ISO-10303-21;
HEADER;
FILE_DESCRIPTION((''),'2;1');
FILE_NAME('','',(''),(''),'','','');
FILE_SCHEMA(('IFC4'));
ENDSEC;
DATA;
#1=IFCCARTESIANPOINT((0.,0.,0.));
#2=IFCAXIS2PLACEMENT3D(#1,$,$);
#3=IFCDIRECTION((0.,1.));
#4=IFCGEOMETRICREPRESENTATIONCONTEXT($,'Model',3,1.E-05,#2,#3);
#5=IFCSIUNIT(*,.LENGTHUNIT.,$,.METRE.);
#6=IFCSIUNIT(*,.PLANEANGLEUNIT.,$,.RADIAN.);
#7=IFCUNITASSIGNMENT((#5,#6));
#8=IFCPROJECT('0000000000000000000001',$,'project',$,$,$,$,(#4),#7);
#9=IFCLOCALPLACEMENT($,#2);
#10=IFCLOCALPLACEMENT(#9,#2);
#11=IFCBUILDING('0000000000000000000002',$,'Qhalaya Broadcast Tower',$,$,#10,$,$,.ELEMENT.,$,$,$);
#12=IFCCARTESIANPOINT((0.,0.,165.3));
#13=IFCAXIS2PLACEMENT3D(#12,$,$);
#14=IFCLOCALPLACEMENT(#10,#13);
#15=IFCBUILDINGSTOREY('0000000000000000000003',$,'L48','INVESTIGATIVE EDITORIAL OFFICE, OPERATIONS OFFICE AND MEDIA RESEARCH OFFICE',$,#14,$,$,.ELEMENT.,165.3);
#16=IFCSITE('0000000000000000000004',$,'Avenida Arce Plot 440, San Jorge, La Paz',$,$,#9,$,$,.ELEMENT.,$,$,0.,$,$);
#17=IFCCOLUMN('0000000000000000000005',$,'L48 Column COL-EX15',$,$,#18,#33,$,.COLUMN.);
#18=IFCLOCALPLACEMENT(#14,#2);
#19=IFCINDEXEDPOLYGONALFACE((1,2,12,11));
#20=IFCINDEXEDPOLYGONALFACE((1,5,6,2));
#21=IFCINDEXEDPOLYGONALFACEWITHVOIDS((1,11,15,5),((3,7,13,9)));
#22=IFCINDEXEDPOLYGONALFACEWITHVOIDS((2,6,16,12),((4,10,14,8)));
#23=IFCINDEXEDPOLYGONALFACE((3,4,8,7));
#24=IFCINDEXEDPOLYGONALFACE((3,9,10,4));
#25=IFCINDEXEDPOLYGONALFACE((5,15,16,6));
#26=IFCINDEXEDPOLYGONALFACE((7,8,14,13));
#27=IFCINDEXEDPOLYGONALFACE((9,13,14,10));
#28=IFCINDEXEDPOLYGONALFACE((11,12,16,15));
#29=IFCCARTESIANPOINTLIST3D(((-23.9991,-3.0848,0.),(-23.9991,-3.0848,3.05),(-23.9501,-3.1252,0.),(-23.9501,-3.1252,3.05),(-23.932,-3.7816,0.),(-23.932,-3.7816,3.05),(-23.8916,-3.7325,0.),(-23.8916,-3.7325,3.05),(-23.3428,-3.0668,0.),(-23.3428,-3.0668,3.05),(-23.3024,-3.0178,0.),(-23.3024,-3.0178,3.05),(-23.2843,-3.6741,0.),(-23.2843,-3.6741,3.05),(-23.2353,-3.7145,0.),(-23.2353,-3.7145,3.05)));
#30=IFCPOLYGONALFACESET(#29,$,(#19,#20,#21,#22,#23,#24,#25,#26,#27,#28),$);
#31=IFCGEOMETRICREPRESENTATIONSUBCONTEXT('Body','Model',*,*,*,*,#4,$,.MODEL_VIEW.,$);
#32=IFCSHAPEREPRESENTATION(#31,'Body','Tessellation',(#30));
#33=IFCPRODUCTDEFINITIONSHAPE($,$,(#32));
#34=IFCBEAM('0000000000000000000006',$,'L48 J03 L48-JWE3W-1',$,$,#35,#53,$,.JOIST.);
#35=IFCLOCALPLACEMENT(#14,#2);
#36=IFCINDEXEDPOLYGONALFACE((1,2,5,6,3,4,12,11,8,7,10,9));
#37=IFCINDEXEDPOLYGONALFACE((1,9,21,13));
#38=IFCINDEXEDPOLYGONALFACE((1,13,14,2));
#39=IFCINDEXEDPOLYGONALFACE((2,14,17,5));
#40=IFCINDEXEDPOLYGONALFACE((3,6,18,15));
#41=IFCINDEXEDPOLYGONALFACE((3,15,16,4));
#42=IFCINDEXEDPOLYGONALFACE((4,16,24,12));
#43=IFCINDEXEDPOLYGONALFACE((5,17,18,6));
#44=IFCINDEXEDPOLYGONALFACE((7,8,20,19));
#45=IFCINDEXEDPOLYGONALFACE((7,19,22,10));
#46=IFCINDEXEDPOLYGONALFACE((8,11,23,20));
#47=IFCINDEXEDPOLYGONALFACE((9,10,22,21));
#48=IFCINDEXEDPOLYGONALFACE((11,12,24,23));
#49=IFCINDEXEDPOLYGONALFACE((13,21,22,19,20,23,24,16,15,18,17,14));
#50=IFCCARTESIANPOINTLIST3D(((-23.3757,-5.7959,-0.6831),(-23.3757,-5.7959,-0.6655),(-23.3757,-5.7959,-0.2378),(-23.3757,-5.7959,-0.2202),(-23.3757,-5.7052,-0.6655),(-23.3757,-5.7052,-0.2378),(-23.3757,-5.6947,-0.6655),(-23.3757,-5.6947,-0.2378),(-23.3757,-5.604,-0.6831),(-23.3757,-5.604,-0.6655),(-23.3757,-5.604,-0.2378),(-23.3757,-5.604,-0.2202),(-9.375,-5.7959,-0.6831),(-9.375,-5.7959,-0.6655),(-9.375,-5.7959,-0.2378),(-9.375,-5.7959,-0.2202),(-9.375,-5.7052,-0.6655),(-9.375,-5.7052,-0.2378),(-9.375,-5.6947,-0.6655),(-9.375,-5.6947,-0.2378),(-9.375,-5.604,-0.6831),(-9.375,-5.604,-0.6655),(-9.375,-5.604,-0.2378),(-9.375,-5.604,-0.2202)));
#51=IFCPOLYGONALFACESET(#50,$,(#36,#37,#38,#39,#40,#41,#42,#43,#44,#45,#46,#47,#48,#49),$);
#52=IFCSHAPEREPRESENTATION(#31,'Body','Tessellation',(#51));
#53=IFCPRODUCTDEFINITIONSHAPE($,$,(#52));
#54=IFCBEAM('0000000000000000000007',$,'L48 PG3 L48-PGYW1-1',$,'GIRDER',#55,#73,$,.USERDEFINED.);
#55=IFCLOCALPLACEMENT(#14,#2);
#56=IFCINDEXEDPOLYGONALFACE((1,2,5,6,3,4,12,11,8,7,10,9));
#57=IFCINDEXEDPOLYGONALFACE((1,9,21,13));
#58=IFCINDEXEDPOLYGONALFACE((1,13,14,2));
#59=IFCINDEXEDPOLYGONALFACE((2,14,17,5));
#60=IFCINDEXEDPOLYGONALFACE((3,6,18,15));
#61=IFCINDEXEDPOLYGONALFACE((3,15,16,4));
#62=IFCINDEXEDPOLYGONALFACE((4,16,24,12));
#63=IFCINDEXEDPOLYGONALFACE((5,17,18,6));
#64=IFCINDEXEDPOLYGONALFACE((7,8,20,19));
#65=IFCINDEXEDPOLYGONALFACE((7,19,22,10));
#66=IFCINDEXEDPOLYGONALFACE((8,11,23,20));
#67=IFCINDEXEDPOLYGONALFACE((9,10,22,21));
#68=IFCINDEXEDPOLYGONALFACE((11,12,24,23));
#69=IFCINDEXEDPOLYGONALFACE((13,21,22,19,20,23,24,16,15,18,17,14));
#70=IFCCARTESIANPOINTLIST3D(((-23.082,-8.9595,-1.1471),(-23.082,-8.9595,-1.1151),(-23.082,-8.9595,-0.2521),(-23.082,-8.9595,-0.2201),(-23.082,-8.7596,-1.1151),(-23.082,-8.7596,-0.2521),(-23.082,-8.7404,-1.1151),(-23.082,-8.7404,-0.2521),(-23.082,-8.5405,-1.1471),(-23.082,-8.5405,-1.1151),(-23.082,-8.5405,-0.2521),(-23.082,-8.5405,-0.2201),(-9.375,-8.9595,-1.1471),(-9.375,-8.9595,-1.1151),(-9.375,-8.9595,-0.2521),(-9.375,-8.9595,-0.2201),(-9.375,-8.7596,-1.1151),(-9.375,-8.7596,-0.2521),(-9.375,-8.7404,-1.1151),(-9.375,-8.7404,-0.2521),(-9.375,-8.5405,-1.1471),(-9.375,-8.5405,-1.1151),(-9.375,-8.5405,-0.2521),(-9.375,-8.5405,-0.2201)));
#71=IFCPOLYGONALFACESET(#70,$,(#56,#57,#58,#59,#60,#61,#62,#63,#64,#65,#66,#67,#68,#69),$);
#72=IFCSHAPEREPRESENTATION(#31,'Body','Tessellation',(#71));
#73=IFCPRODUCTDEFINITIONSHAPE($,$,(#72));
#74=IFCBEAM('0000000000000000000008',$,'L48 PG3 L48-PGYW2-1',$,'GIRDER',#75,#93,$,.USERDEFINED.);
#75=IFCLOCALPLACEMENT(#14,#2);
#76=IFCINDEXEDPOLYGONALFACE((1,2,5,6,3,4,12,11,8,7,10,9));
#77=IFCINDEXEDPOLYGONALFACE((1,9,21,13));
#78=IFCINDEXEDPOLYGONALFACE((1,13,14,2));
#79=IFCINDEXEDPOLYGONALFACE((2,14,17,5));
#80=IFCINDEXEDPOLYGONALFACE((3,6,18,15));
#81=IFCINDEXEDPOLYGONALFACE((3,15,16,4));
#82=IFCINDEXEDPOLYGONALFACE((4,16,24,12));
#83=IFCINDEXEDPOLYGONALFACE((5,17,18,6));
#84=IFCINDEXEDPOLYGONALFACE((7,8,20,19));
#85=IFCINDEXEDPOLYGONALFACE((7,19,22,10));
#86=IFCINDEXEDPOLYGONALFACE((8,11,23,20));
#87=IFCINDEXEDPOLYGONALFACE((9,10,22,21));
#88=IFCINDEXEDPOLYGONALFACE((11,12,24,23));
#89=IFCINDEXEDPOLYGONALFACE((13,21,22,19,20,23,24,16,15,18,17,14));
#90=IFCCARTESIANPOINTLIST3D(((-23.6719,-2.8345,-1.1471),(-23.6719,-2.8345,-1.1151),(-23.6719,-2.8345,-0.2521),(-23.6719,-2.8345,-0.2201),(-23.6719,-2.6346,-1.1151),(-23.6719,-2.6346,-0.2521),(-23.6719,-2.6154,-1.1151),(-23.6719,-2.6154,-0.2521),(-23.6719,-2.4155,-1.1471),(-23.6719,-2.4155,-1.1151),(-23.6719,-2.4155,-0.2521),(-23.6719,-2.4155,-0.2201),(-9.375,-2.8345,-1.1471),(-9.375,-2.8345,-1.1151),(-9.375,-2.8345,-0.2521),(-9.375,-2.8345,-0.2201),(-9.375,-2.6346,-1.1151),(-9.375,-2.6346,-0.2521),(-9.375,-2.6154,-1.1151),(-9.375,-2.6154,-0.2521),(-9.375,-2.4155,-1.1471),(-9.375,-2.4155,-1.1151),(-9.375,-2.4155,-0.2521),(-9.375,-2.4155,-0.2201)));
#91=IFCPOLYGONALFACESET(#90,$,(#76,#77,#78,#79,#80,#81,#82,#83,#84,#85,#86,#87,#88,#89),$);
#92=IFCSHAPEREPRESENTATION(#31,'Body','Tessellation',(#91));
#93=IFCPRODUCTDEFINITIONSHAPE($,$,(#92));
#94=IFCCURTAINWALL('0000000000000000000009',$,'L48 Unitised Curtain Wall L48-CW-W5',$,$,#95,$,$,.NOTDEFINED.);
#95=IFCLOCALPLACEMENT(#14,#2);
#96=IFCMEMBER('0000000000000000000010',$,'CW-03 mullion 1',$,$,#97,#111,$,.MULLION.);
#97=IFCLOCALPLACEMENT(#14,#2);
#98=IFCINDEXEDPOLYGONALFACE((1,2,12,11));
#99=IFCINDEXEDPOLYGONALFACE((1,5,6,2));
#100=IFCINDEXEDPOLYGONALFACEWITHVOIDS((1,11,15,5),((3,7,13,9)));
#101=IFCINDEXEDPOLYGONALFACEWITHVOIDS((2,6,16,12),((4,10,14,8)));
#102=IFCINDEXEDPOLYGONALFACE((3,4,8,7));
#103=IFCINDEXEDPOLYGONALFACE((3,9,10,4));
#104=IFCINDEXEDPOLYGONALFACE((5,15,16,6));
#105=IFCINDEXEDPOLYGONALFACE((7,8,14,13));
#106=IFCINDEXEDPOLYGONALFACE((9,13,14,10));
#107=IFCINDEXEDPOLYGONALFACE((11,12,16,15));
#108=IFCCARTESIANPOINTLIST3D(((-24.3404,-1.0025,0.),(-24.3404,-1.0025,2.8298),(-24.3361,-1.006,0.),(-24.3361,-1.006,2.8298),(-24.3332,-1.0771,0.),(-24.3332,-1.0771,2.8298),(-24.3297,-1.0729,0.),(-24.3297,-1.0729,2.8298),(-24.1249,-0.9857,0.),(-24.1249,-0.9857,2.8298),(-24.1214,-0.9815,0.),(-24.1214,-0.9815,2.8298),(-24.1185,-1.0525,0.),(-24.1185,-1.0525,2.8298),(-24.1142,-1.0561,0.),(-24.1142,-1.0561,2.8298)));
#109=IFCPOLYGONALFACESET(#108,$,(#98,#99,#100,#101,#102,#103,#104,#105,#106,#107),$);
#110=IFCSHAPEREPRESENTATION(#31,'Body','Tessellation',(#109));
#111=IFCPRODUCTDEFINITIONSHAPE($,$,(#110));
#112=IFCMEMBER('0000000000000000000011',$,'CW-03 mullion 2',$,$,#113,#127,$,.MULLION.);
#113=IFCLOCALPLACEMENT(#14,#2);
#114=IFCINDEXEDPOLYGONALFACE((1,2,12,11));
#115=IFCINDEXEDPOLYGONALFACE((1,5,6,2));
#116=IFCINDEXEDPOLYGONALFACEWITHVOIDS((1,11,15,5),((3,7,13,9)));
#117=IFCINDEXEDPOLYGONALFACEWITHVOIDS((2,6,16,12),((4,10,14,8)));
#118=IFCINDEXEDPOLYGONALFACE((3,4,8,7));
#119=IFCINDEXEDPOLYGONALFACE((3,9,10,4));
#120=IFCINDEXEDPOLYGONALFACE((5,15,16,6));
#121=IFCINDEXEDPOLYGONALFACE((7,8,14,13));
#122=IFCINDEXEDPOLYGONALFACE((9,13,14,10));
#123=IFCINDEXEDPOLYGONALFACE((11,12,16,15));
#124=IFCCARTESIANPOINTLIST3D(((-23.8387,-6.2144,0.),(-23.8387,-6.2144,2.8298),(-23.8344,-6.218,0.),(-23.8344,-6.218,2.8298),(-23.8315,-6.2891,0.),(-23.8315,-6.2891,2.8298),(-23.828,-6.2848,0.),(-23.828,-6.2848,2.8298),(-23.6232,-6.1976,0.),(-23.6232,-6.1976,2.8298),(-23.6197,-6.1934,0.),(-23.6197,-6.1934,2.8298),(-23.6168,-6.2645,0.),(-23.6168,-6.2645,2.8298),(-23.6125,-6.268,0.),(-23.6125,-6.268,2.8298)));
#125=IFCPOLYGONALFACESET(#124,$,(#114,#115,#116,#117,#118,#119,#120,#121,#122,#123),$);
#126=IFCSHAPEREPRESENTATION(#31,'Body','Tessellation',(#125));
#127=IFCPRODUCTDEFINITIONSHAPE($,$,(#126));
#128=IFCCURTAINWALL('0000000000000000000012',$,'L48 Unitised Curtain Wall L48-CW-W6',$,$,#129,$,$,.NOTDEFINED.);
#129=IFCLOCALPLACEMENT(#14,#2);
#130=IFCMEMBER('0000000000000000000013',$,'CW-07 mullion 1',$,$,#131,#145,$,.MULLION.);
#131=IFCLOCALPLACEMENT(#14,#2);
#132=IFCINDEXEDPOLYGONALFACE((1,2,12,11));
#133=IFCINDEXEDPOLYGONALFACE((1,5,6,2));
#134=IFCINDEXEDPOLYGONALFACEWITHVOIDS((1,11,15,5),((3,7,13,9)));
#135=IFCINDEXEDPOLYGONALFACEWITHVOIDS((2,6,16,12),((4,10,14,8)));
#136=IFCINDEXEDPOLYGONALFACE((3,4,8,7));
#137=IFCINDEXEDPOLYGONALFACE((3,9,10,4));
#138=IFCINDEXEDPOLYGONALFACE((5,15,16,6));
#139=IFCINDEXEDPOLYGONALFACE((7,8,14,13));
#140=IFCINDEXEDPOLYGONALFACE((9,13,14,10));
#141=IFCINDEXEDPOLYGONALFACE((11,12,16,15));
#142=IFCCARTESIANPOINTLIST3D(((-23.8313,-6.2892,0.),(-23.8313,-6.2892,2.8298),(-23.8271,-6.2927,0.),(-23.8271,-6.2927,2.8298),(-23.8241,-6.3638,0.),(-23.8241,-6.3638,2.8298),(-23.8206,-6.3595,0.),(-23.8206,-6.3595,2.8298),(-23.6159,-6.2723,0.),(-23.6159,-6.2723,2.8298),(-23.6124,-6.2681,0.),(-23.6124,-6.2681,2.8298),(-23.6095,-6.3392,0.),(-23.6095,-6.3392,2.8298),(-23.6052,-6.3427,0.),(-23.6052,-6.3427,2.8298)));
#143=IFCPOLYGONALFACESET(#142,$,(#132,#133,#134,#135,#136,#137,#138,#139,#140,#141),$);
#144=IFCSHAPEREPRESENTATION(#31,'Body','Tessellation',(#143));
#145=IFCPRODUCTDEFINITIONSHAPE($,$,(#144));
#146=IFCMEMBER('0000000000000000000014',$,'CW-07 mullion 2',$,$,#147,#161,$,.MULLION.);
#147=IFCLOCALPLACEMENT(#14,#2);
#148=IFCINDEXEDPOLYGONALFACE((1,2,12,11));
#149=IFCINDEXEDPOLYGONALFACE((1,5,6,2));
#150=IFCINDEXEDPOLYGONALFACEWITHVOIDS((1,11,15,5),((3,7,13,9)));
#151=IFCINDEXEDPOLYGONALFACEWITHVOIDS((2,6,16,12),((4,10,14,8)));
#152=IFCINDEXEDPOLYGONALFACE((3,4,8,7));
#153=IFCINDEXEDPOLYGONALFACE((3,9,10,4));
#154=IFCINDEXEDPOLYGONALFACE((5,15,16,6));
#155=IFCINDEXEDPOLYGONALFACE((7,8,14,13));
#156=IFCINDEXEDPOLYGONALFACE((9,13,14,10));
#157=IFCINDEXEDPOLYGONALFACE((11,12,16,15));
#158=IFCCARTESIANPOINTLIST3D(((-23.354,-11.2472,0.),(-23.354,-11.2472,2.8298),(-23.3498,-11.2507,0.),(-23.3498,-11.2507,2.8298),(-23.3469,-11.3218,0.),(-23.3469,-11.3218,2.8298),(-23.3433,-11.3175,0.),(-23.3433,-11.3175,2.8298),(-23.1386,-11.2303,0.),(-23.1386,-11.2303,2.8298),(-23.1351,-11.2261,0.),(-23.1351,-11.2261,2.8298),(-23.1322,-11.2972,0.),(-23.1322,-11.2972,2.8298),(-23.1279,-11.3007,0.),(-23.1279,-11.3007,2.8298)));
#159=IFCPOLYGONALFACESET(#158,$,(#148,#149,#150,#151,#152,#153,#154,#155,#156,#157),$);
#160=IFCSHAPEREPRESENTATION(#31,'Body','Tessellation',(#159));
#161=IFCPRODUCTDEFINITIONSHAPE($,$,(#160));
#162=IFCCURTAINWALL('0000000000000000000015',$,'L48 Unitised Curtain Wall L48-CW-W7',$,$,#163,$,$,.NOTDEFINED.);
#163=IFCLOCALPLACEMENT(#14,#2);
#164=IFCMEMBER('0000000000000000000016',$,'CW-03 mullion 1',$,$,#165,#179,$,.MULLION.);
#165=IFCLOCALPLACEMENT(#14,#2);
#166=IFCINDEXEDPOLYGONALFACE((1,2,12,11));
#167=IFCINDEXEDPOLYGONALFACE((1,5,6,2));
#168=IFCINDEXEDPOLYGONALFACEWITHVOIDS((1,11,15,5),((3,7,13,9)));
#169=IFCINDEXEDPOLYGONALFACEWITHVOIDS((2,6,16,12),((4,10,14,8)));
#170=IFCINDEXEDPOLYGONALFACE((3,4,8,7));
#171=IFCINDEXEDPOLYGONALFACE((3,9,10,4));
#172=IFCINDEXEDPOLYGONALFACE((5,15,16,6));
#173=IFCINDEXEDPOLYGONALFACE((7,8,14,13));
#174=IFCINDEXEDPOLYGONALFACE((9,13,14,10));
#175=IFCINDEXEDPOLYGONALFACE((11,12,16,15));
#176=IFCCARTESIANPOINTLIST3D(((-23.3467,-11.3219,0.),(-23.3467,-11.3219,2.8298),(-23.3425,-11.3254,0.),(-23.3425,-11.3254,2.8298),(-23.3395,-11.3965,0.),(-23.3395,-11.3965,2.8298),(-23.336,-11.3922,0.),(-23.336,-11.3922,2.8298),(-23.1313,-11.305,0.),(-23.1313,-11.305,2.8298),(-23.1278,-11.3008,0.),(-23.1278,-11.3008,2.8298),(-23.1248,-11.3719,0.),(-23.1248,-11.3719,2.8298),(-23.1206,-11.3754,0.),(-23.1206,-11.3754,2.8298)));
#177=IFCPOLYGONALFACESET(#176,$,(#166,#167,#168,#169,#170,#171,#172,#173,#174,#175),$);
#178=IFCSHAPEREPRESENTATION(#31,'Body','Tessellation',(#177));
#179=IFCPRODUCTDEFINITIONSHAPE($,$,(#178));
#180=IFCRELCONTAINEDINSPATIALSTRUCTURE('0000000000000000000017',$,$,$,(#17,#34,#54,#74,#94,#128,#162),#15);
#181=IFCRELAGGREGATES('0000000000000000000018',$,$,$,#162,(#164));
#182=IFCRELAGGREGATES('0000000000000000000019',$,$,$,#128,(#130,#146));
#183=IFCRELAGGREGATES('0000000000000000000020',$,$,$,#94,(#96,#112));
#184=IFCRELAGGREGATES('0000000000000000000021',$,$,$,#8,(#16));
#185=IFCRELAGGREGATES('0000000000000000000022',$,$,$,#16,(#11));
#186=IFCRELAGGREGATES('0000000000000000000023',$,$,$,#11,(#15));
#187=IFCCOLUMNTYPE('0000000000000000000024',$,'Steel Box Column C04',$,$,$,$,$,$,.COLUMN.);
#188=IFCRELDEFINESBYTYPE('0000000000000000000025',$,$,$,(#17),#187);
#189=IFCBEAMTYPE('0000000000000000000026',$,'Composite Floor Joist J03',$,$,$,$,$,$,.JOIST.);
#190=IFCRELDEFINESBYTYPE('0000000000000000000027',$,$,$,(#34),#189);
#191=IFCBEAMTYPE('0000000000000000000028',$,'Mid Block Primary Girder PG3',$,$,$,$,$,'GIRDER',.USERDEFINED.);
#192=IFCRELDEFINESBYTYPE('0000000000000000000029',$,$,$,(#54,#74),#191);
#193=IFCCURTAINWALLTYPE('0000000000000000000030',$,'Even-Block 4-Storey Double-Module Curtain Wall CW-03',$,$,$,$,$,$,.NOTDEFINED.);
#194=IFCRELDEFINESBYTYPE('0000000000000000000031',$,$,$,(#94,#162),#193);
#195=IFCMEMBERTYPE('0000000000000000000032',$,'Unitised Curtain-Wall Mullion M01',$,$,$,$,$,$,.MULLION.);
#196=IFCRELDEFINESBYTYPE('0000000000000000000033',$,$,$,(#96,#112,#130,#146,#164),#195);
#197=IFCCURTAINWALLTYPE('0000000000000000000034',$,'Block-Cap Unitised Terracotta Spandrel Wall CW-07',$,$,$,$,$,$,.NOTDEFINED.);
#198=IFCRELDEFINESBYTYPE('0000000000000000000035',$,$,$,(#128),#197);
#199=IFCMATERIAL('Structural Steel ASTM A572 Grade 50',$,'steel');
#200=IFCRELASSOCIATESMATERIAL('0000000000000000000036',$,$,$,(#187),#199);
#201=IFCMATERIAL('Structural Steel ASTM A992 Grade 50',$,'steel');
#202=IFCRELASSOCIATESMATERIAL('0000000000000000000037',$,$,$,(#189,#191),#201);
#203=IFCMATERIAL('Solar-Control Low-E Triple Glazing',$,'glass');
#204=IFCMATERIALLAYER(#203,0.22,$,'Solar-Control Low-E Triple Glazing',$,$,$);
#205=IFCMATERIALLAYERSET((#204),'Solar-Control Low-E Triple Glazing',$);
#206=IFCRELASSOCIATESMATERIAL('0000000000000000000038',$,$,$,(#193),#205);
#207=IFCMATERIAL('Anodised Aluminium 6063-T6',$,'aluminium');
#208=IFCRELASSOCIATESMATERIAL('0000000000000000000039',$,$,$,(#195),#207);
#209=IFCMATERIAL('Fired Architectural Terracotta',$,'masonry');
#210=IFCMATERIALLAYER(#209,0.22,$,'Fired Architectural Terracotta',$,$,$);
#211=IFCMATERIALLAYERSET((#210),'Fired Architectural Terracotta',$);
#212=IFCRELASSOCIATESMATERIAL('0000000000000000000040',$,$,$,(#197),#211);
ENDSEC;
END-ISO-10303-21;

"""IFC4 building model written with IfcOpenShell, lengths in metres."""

from ifc_helpers import new_model, si_unit, direction, frame, origin, origin_2d, place, context, subcontext, project, spatial, hollow_rectangle, i_section, extrude, material, layer, layer_set, material_profile, profile_set, type_object, element, aggregate, save


model = new_model("IFC4")

# Units and contexts
model_context = context("Model", 3, precision=1e-05, world=origin(), true_north=direction((0.0, 1.0)))
body_context = subcontext(model_context, "Body", "Model", "MODEL_VIEW")
ifc_project = project(units=[si_unit("LENGTHUNIT", "METRE"), si_unit("PLANEANGLEUNIT", "RADIAN")], contexts=[model_context])

# Site, building, storey
site_placement = place(None, origin())
site = spatial("IfcSite", under=ifc_project, at=site_placement, Name="Avenida Arce Plot 440, San Jorge, La Paz", CompositionType="ELEMENT", RefElevation=0.0)
building_placement = place(site_placement, origin())
building = spatial("IfcBuilding", under=site, at=building_placement, Name="Qhalaya Broadcast Tower", CompositionType="ELEMENT")
storey_placement = place(building_placement, frame((0.0, 0.0, 165.3)))
storey = spatial("IfcBuildingStorey", under=building, at=storey_placement, Name="L48", Description="INVESTIGATIVE EDITORIAL OFFICE, OPERATIONS OFFICE AND MEDIA RESEARCH OFFICE", CompositionType="ELEMENT", Elevation=165.3)

# Column
ifc_material_1 = material(Name="Structural Steel ASTM A572 Grade 50", Category="steel")
ifc_material_profile_1 = material_profile(ifc_material_1, hollow_rectangle(XDim=0.7, YDim=0.7, WallThickness=0.0449, at=origin_2d()), Name="BOX 700x700x45")
ifc_profile_set_1 = profile_set([ifc_material_profile_1], Name="Structural Steel ASTM A572 Grade 50")
column_type = type_object("IfcColumnType", Name="Steel Box Column C04", PredefinedType="COLUMN", material=ifc_profile_set_1)
column_placement = place(storey_placement, frame((-23.6172, -3.3997, 0.0), z_axis=(0.0, 0.0, 1.0), x_axis=(-0.095846, 0.995396, 0.0)))
element("IfcColumn", 1, at=column_placement, inside=storey, type_object=column_type, Name="L48 Column COL-EX15", PredefinedType="COLUMN", context=body_context, shape_type="SweptSolid", body=[
    extrude(hollow_rectangle(XDim=0.7, YDim=0.7, WallThickness=0.0449, at=origin_2d()), origin(), (0.0, 0.0, 1.0), 3.05),
])

# Beams
ifc_material_2 = material(Name="Structural Steel ASTM A992 Grade 50", Category="steel")
ifc_material_profile_2 = material_profile(ifc_material_2, i_section(OverallWidth=0.1919, OverallDepth=0.4629, WebThickness=0.0105, FlangeThickness=0.0176, at=origin_2d()), Name="W18X60")
ifc_profile_set_2 = profile_set([ifc_material_profile_2], Name="Structural Steel ASTM A992 Grade 50")
beam_type_1 = type_object("IfcBeamType", Name="Composite Floor Joist J03", PredefinedType="JOIST", material=ifc_profile_set_2)
beam_1_placement = place(storey_placement, frame((-23.3757, -5.7, -0.4517), z_axis=(1.0, 0.0, 0.0), x_axis=(0.0, 1.0, 0.0)))
element("IfcBeam", 2, at=beam_1_placement, inside=storey, type_object=beam_type_1, Name="L48 J03 L48-JWE3W-1", PredefinedType="JOIST", context=body_context, shape_type="SweptSolid", body=[
    extrude(i_section(OverallWidth=0.1919, OverallDepth=0.4629, WebThickness=0.0105, FlangeThickness=0.0176, at=origin_2d()), origin(), (0.0, 0.0, 1.0), 14.0007),
])
ifc_material_profile_3 = material_profile(ifc_material_2, i_section(OverallWidth=0.4189, OverallDepth=0.927, WebThickness=0.0193, FlangeThickness=0.032, at=origin_2d()), Name="W36X231")
ifc_profile_set_3 = profile_set([ifc_material_profile_3], Name="Structural Steel ASTM A992 Grade 50")
beam_type_2 = type_object("IfcBeamType", Name="Mid Block Primary Girder PG3", ElementType="GIRDER", PredefinedType="USERDEFINED", material=ifc_profile_set_3)
beam_2_placement = place(storey_placement, frame((-23.082, -8.75, -0.6836), z_axis=(1.0, 0.0, 0.0), x_axis=(0.0, 1.0, 0.0)))
element("IfcBeam", 3, at=beam_2_placement, inside=storey, type_object=beam_type_2, Name="L48 PG3 L48-PGYW1-1", ObjectType="GIRDER", PredefinedType="USERDEFINED", context=body_context, shape_type="SweptSolid", body=[
    extrude(i_section(OverallWidth=0.4189, OverallDepth=0.927, WebThickness=0.0193, FlangeThickness=0.032, at=origin_2d()), origin(), (0.0, 0.0, 1.0), 13.707),
])
beam_3_placement = place(storey_placement, frame((-23.6719, -2.625, -0.6836), z_axis=(1.0, 0.0, 0.0), x_axis=(0.0, 1.0, 0.0)))
element("IfcBeam", 4, at=beam_3_placement, inside=storey, type_object=beam_type_2, Name="L48 PG3 L48-PGYW2-1", ObjectType="GIRDER", PredefinedType="USERDEFINED", context=body_context, shape_type="SweptSolid", body=[
    extrude(i_section(OverallWidth=0.4189, OverallDepth=0.927, WebThickness=0.0193, FlangeThickness=0.032, at=origin_2d()), origin(), (0.0, 0.0, 1.0), 14.2969),
])

# Curtain walls, members
ifc_material_3 = material(Name="Solar-Control Low-E Triple Glazing", Category="glass")
ifc_layer_1 = layer(ifc_material_3, 0.22, Name="Solar-Control Low-E Triple Glazing")
ifc_layer_set_1 = layer_set([ifc_layer_1], Name="Solar-Control Low-E Triple Glazing")
curtain_wall_type_1 = type_object("IfcCurtainWallType", Name="Even-Block 4-Storey Double-Module Curtain Wall CW-03", PredefinedType="NOTDEFINED", material=ifc_layer_set_1)
curtain_wall_1_placement = place(storey_placement, origin())
curtain_wall_1 = element("IfcCurtainWall", 5, at=curtain_wall_1_placement, inside=storey, type_object=curtain_wall_type_1, Name="L48 Unitised Curtain Wall L48-CW-W5", PredefinedType="NOTDEFINED")
ifc_material_4 = material(Name="Anodised Aluminium 6063-T6", Category="aluminium")
ifc_material_profile_4 = material_profile(ifc_material_4, hollow_rectangle(XDim=0.075, YDim=0.22, WallThickness=0.0039, at=origin_2d()), Name="ALU-MUL 75x220x4")
ifc_profile_set_4 = profile_set([ifc_material_profile_4], Name="Anodised Aluminium 6063-T6")
member_type_1 = type_object("IfcMemberType", Name="Unitised Curtain-Wall Mullion M01", PredefinedType="MULLION", material=ifc_profile_set_4)
member_1_placement = place(storey_placement, frame((-24.2273, -1.0293, 0.0), z_axis=(0.0, 0.0, 1.0), x_axis=(0.095838, -0.995397, 0.0)))
member_1 = element("IfcMember", 6, at=member_1_placement, type_object=member_type_1, Name="CW-03 mullion 1", PredefinedType="MULLION", context=body_context, shape_type="SweptSolid", body=[
    extrude(hollow_rectangle(XDim=0.075, YDim=0.22, WallThickness=0.0039, at=origin_2d()), origin(), (0.0, 0.0, 1.0), 2.8298),
])
member_2_placement = place(storey_placement, frame((-23.7256, -6.2412, 0.0), z_axis=(0.0, 0.0, 1.0), x_axis=(0.095838, -0.995397, 0.0)))
member_2 = element("IfcMember", 7, at=member_2_placement, type_object=member_type_1, Name="CW-03 mullion 2", PredefinedType="MULLION", context=body_context, shape_type="SweptSolid", body=[
    extrude(hollow_rectangle(XDim=0.075, YDim=0.22, WallThickness=0.0039, at=origin_2d()), origin(), (0.0, 0.0, 1.0), 2.8298),
])
ifc_material_5 = material(Name="Fired Architectural Terracotta", Category="masonry")
ifc_layer_2 = layer(ifc_material_5, 0.22, Name="Fired Architectural Terracotta")
ifc_layer_set_2 = layer_set([ifc_layer_2], Name="Fired Architectural Terracotta")
curtain_wall_type_2 = type_object("IfcCurtainWallType", Name="Block-Cap Unitised Terracotta Spandrel Wall CW-07", PredefinedType="NOTDEFINED", material=ifc_layer_set_2)
curtain_wall_2_placement = place(storey_placement, origin())
curtain_wall_2 = element("IfcCurtainWall", 8, at=curtain_wall_2_placement, inside=storey, type_object=curtain_wall_type_2, Name="L48 Unitised Curtain Wall L48-CW-W6", PredefinedType="NOTDEFINED")
member_3_placement = place(storey_placement, frame((-23.7183, -6.3159, 0.0), z_axis=(0.0, 0.0, 1.0), x_axis=(0.095847, -0.995396, 0.0)))
member_3 = element("IfcMember", 9, at=member_3_placement, type_object=member_type_1, Name="CW-07 mullion 1", PredefinedType="MULLION", context=body_context, shape_type="SweptSolid", body=[
    extrude(hollow_rectangle(XDim=0.075, YDim=0.22, WallThickness=0.0039, at=origin_2d()), origin(), (0.0, 0.0, 1.0), 2.8298),
])
member_4_placement = place(storey_placement, frame((-23.241, -11.2739, 0.0), z_axis=(0.0, 0.0, 1.0), x_axis=(0.095847, -0.995396, 0.0)))
member_4 = element("IfcMember", 10, at=member_4_placement, type_object=member_type_1, Name="CW-07 mullion 2", PredefinedType="MULLION", context=body_context, shape_type="SweptSolid", body=[
    extrude(hollow_rectangle(XDim=0.075, YDim=0.22, WallThickness=0.0039, at=origin_2d()), origin(), (0.0, 0.0, 1.0), 2.8298),
])

# Curtain wall, member
curtain_wall_3_placement = place(storey_placement, origin())
curtain_wall_3 = element("IfcCurtainWall", 11, at=curtain_wall_3_placement, inside=storey, type_object=curtain_wall_type_1, Name="L48 Unitised Curtain Wall L48-CW-W7", PredefinedType="NOTDEFINED")
member_5_placement = place(storey_placement, frame((-23.2336, -11.3486, 0.0), z_axis=(0.0, 0.0, 1.0), x_axis=(0.095874, -0.995393, 0.0)))
member_5 = element("IfcMember", 12, at=member_5_placement, type_object=member_type_1, Name="CW-03 mullion 1", PredefinedType="MULLION", context=body_context, shape_type="SweptSolid", body=[
    extrude(hollow_rectangle(XDim=0.075, YDim=0.22, WallThickness=0.0039, at=origin_2d()), origin(), (0.0, 0.0, 1.0), 2.8298),
])

aggregate(curtain_wall_3, [member_5])

aggregate(curtain_wall_2, [member_3, member_4])
aggregate(curtain_wall_1, [member_1, member_2])

save(model, "model.ifc")
